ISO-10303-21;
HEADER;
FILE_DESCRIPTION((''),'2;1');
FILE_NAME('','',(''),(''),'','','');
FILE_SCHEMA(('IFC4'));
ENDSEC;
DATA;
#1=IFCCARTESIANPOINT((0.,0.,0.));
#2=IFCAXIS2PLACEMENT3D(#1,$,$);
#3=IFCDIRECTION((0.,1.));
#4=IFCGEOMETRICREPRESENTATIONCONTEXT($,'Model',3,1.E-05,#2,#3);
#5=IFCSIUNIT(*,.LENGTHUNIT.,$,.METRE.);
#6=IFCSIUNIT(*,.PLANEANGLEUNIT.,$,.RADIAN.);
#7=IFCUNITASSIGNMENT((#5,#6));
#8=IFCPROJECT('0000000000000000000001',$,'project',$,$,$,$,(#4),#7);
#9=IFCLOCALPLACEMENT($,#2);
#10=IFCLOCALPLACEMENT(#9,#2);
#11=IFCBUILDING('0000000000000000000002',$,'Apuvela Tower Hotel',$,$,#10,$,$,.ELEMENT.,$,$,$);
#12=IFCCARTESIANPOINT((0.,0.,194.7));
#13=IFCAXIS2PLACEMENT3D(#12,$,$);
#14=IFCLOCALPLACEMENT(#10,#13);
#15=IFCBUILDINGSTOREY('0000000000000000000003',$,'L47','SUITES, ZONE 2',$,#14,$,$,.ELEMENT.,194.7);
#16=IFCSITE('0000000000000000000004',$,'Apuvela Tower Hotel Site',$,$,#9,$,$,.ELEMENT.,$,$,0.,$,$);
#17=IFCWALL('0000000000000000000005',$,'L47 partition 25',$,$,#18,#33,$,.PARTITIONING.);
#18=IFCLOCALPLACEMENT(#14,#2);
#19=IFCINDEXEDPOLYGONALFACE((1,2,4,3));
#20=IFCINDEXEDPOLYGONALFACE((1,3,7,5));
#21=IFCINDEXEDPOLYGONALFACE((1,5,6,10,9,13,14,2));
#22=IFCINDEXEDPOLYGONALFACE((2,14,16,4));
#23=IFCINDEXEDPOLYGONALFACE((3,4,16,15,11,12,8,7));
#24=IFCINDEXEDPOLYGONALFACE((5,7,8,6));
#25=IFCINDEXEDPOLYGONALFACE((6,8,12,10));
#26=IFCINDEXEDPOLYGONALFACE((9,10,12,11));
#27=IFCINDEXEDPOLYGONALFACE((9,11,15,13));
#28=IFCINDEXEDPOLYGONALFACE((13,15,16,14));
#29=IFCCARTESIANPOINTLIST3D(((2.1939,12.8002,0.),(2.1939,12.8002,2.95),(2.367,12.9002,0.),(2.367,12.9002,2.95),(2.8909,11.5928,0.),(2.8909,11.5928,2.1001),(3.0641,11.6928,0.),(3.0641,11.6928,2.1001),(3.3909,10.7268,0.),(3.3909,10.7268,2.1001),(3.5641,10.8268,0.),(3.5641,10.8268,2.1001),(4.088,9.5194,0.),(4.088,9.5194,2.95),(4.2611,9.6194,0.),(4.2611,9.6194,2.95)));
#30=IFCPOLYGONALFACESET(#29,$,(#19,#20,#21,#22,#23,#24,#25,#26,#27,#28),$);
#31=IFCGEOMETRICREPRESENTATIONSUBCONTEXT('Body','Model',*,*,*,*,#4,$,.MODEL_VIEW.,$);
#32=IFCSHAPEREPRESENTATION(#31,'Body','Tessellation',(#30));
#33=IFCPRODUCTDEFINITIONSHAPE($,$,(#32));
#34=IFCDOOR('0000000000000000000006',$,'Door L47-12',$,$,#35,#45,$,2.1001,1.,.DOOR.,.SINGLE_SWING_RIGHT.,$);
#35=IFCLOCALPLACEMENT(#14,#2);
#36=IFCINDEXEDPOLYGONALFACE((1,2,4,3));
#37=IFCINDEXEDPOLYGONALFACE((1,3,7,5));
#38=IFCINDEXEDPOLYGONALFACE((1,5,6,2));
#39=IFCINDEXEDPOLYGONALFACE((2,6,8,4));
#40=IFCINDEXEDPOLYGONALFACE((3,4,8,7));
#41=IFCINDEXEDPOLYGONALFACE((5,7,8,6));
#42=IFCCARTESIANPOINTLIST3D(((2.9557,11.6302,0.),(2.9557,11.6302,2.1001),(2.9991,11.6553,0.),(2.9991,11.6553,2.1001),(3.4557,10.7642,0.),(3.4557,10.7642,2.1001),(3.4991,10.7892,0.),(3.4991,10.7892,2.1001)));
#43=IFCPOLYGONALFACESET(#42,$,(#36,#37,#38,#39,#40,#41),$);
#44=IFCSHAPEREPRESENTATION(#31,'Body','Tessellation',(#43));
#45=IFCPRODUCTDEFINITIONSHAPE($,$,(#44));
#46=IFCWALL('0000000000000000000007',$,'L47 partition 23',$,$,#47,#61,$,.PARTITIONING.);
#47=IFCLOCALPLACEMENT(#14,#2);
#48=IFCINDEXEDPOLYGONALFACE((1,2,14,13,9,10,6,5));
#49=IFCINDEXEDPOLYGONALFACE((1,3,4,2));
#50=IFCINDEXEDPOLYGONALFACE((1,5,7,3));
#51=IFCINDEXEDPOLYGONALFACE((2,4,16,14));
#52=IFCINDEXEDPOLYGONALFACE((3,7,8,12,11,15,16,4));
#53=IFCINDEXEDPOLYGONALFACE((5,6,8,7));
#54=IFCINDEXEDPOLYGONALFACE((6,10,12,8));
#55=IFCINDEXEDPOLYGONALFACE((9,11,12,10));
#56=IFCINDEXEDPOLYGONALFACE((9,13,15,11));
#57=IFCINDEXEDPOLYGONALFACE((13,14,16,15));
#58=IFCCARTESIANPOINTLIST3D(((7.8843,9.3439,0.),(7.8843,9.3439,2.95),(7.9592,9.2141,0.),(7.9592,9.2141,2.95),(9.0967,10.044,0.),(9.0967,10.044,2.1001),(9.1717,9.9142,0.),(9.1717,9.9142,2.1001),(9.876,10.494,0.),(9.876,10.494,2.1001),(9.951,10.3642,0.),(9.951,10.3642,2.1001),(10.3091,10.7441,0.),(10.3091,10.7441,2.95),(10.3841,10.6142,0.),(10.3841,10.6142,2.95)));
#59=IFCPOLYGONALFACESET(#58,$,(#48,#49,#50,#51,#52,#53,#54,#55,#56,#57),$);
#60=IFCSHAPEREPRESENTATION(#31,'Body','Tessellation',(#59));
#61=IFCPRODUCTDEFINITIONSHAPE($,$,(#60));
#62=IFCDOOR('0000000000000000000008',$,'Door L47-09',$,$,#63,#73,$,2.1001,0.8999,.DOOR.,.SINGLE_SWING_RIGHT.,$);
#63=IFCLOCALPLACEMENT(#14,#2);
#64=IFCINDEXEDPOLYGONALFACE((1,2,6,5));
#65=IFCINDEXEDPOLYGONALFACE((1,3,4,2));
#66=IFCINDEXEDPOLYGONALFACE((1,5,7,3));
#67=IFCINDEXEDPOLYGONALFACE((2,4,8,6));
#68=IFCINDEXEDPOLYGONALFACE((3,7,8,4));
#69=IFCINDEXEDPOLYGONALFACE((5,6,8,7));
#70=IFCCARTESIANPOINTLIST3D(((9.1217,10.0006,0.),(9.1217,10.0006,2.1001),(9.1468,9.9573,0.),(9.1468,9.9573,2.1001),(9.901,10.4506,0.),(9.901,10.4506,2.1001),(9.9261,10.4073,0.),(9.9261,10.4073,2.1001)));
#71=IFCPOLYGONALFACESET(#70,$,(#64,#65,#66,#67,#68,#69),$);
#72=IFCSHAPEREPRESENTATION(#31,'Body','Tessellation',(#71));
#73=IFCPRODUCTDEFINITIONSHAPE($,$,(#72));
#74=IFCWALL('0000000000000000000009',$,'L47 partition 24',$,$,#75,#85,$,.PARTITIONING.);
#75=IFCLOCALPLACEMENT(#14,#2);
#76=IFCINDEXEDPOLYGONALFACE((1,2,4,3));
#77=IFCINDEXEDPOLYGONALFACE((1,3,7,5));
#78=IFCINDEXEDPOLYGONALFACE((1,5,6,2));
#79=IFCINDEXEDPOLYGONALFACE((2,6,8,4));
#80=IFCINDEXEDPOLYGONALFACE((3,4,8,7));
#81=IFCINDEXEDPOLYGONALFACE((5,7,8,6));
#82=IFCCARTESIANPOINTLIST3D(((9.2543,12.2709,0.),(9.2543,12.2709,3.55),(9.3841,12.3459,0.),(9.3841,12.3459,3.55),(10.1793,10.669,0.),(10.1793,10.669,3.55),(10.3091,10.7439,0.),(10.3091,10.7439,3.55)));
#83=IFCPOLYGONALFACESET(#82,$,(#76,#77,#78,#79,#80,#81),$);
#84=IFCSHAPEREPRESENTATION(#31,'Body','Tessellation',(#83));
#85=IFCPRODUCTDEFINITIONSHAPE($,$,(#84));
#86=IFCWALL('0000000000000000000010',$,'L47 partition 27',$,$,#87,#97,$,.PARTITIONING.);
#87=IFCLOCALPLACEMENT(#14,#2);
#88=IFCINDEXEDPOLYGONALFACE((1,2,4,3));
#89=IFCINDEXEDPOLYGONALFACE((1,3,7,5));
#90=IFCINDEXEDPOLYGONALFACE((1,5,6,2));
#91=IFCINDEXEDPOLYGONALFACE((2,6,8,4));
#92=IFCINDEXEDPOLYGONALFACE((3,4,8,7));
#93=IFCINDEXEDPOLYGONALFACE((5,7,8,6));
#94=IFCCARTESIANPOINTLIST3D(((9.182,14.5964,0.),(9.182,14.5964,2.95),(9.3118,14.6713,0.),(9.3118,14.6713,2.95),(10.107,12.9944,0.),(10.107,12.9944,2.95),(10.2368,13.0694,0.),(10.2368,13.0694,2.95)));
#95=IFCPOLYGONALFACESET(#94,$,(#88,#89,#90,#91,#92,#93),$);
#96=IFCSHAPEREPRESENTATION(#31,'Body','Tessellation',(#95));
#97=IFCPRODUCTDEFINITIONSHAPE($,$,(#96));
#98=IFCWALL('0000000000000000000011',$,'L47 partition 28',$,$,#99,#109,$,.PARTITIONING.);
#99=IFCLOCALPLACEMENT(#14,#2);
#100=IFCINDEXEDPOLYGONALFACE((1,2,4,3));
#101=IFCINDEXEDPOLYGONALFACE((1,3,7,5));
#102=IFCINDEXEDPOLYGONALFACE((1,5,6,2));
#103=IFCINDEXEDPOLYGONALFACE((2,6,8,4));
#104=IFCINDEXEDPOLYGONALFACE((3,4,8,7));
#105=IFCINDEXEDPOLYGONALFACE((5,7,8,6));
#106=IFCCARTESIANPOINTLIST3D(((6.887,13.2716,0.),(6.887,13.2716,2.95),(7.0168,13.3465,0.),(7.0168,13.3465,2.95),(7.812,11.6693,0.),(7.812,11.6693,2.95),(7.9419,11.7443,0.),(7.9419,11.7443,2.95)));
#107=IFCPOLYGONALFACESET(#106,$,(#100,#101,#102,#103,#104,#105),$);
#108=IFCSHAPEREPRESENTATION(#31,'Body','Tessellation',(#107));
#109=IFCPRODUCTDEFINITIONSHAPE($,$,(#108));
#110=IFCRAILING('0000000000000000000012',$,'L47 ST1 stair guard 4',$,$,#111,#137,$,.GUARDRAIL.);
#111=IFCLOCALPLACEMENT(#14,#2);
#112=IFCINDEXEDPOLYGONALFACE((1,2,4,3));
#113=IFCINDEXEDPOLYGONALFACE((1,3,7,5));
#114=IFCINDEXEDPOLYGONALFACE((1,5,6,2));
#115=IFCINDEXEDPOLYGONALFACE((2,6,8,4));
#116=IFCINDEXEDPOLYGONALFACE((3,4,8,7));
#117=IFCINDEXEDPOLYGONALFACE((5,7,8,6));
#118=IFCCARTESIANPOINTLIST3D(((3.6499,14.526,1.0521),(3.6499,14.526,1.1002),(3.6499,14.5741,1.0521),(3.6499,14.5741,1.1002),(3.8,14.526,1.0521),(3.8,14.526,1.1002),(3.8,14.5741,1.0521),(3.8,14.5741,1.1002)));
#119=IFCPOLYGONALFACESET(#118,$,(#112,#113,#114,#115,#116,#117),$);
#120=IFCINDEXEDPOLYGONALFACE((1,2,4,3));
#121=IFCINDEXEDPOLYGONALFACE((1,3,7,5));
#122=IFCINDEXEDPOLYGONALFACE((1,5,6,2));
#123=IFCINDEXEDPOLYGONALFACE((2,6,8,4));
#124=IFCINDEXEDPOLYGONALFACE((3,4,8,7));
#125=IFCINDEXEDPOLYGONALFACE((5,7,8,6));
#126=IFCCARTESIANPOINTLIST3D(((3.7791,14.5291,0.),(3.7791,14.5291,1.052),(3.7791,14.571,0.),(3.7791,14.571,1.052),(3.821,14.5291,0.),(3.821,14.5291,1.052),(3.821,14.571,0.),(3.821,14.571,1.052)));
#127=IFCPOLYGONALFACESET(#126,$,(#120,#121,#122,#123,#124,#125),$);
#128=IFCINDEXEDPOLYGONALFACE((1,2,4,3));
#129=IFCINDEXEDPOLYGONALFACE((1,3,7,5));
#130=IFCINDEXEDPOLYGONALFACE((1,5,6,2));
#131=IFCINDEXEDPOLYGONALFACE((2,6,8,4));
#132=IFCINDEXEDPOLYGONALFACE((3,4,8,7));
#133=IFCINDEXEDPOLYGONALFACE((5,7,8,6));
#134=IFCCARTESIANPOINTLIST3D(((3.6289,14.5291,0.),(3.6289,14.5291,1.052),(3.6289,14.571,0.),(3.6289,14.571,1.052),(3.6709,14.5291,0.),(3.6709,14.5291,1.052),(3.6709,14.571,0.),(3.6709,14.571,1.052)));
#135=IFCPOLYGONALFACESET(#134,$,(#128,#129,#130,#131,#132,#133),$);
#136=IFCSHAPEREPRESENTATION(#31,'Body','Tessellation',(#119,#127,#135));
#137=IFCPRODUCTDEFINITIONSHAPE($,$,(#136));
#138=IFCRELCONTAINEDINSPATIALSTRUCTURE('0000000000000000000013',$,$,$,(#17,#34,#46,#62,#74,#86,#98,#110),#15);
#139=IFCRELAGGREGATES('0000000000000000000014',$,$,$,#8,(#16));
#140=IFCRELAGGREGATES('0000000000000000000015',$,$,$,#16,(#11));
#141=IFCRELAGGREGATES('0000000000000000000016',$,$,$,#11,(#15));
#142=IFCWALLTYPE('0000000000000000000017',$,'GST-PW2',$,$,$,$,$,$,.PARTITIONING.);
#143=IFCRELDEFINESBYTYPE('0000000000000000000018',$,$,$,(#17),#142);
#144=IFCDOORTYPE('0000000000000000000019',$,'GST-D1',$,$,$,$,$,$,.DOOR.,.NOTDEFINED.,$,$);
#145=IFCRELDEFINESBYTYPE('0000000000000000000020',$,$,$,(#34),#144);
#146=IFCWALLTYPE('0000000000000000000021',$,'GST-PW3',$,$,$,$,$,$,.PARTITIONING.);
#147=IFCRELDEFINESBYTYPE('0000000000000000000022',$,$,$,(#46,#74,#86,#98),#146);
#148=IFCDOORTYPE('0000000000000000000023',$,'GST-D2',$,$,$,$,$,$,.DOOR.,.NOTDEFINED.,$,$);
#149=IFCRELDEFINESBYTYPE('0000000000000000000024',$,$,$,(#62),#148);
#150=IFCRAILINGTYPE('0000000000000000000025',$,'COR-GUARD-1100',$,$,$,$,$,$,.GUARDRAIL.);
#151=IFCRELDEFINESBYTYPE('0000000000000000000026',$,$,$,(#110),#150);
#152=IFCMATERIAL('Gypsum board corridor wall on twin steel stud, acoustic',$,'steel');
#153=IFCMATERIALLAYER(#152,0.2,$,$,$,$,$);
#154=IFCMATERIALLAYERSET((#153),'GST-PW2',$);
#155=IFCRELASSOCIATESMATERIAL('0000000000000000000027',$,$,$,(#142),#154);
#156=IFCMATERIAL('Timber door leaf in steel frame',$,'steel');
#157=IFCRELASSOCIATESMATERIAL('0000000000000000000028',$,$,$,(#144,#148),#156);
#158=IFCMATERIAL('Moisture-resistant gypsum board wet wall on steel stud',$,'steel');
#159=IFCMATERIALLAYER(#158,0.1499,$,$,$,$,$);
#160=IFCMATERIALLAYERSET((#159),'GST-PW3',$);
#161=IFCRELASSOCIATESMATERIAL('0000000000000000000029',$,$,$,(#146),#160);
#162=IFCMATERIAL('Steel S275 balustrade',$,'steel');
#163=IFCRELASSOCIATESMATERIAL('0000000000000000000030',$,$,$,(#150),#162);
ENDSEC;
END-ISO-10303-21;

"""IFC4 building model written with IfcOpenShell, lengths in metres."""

from ifc_helpers import new_model, si_unit, direction, frame, frame_2d, origin, origin_2d, place, context, subcontext, project, spatial, rectangle, extrude, material, layer, layer_set, type_object, element, fill, save


model = new_model("IFC4")

# Units and contexts
model_context = context("Model", 3, precision=1e-05, world=origin(), true_north=direction((0.0, 1.0)))
body_context = subcontext(model_context, "Body", "Model", "MODEL_VIEW")
ifc_project = project(units=[si_unit("LENGTHUNIT", "METRE"), si_unit("PLANEANGLEUNIT", "RADIAN")], contexts=[model_context])

# Site, building, storey
site_placement = place(None, origin())
site = spatial("IfcSite", under=ifc_project, at=site_placement, Name="Apuvela Tower Hotel Site", CompositionType="ELEMENT", RefElevation=0.0)
building_placement = place(site_placement, origin())
building = spatial("IfcBuilding", under=site, at=building_placement, Name="Apuvela Tower Hotel", CompositionType="ELEMENT")
storey_placement = place(building_placement, frame((0.0, 0.0, 194.7)))
storey = spatial("IfcBuildingStorey", under=building, at=storey_placement, Name="L47", Description="SUITES, ZONE 2", CompositionType="ELEMENT", Elevation=194.7)

# Walls, openings, doors
ifc_material_1 = material(Name="Gypsum board corridor wall on twin steel stud, acoustic", Category="steel")
ifc_layer_1 = layer(ifc_material_1, 0.2)
ifc_layer_set_1 = layer_set([ifc_layer_1], Name="GST-PW2")
wall_type_1 = type_object("IfcWallType", Name="GST-PW2", PredefinedType="PARTITIONING", material=ifc_layer_set_1)
ifc_material_2 = material(Name="Timber door leaf in steel frame", Category="steel")
door_type_1 = type_object("IfcDoorType", Name="GST-D1", OperationType="NOTDEFINED", PredefinedType="DOOR", material=ifc_material_2)
wall_1_placement = place(storey_placement, frame((2.2805, 12.8501, 0.0), z_axis=(0.0, 0.0, 1.0), x_axis=(0.499979, -0.866037, 0.0)))
wall_1 = element("IfcWall", 1, at=wall_1_placement, inside=storey, type_object=wall_type_1, Name="L47 partition 25", PredefinedType="PARTITIONING", context=body_context, shape_type="SweptSolid", body=[
    extrude(rectangle(XDim=3.7883, YDim=0.2, at=frame_2d((1.894, 0.0))), origin(), (0.0, 0.0, 1.0), 2.95),
])
opening_1_placement = place(wall_1_placement, frame((1.394, 0.0, 0.0)))
opening_1 = element("IfcOpeningElement", 2, at=opening_1_placement, cuts=wall_1, PredefinedType="OPENING", context=body_context, shape_type="SweptSolid", body=[
    extrude(rectangle(XDim=1.0, YDim=2.1001, at=frame_2d((0.5, 1.05))), frame((0.0, 0.1099, 0.0), z_axis=(0.0, -1.0, 0.0), x_axis=(1.0, 0.0, 0.0)), (0.0, 0.0, 1.0), 0.22),
])
door_1_placement = place(opening_1_placement, origin())
door_1 = element("IfcDoor", 3, at=door_1_placement, inside=storey, type_object=door_type_1, Name="Door L47-12", OperationType="SINGLE_SWING_RIGHT", OverallHeight=2.1001, OverallWidth=1.0, PredefinedType="DOOR", context=body_context, shape_type="SweptSolid", body=[
    extrude(rectangle(XDim=1.0, YDim=2.1001, at=frame_2d((0.5, 1.05))), frame((0.0, 0.0249, 0.0), z_axis=(0.0, -1.0, 0.0), x_axis=(1.0, 0.0, 0.0)), (0.0, 0.0, 1.0), 0.05),
])
fill(opening_1, door_1)
ifc_material_3 = material(Name="Moisture-resistant gypsum board wet wall on steel stud", Category="steel")
ifc_layer_2 = layer(ifc_material_3, 0.1499)
ifc_layer_set_2 = layer_set([ifc_layer_2], Name="GST-PW3")
wall_type_2 = type_object("IfcWallType", Name="GST-PW3", PredefinedType="PARTITIONING", material=ifc_layer_set_2)
wall_2_placement = place(storey_placement, frame((7.9219, 9.2791, 0.0), z_axis=(0.0, 0.0, 1.0), x_axis=(0.865997, 0.50005, 0.0)))
wall_2 = element("IfcWall", 4, at=wall_2_placement, inside=storey, type_object=wall_type_2, Name="L47 partition 23", PredefinedType="PARTITIONING", context=body_context, shape_type="SweptSolid", body=[
    extrude(rectangle(XDim=2.8, YDim=0.1499, at=frame_2d((1.3999, 0.0))), origin(), (0.0, 0.0, 1.0), 2.95),
])
opening_2_placement = place(wall_2_placement, frame((1.3999, 0.0, 0.0)))
opening_2 = element("IfcOpeningElement", 5, at=opening_2_placement, cuts=wall_2, PredefinedType="OPENING", context=body_context, shape_type="SweptSolid", body=[
    extrude(rectangle(XDim=0.8999, YDim=2.1001, at=frame_2d((0.45, 1.05))), frame((0.0, 0.085, 0.0), z_axis=(0.0, -1.0, 0.0), x_axis=(1.0, 0.0, 0.0)), (0.0, 0.0, 1.0), 0.1699),
])
door_type_2 = type_object("IfcDoorType", Name="GST-D2", OperationType="NOTDEFINED", PredefinedType="DOOR", material=ifc_material_2)
door_2_placement = place(opening_2_placement, origin())
door_2 = element("IfcDoor", 6, at=door_2_placement, inside=storey, type_object=door_type_2, Name="Door L47-09", OperationType="SINGLE_SWING_RIGHT", OverallHeight=2.1001, OverallWidth=0.8999, PredefinedType="DOOR", context=body_context, shape_type="SweptSolid", body=[
    extrude(rectangle(XDim=0.8999, YDim=2.1001, at=frame_2d((0.45, 1.05))), frame((0.0, 0.0249, 0.0), z_axis=(0.0, -1.0, 0.0), x_axis=(1.0, 0.0, 0.0)), (0.0, 0.0, 1.0), 0.05),
])
fill(opening_2, door_2)

# Walls
wall_3_placement = place(storey_placement, frame((10.2441, 10.7065, 0.0), z_axis=(0.0, 0.0, 1.0), x_axis=(-0.500042, 0.866001, 0.0)))
element("IfcWall", 7, at=wall_3_placement, inside=storey, type_object=wall_type_2, Name="L47 partition 24", PredefinedType="PARTITIONING", context=body_context, shape_type="SweptSolid", body=[
    extrude(rectangle(XDim=1.8499, YDim=0.1499, at=frame_2d((0.9248, 0.0))), origin(), (0.0, 0.0, 1.0), 3.55),
])
wall_4_placement = place(storey_placement, frame((10.1719, 13.032, 0.0), z_axis=(0.0, 0.0, 1.0), x_axis=(-0.500042, 0.866001, 0.0)))
element("IfcWall", 8, at=wall_4_placement, inside=storey, type_object=wall_type_2, Name="L47 partition 27", PredefinedType="PARTITIONING", context=body_context, shape_type="SweptSolid", body=[
    extrude(rectangle(XDim=1.8499, YDim=0.1499, at=frame_2d((0.9248, 0.0))), origin(), (0.0, 0.0, 1.0), 2.95),
])
wall_5_placement = place(storey_placement, frame((7.877, 11.7068, 0.0), z_axis=(0.0, 0.0, 1.0), x_axis=(-0.499985, 0.866034, 0.0)))
element("IfcWall", 9, at=wall_5_placement, inside=storey, type_object=wall_type_2, Name="L47 partition 28", PredefinedType="PARTITIONING", context=body_context, shape_type="SweptSolid", body=[
    extrude(rectangle(XDim=1.8501, YDim=0.1499, at=frame_2d((0.925, 0.0))), origin(), (0.0, 0.0, 1.0), 2.95),
])

# Railing
ifc_material_4 = material(Name="Steel S275 balustrade", Category="steel")
railing_type = type_object("IfcRailingType", Name="COR-GUARD-1100", PredefinedType="GUARDRAIL", material=ifc_material_4)
railing_placement = place(storey_placement, frame((3.8, 14.55, 0.0)))
element("IfcRailing", 10, at=railing_placement, inside=storey, type_object=railing_type, Name="L47 ST1 stair guard 4", PredefinedType="GUARDRAIL", context=body_context, shape_type="SweptSolid", body=[
    extrude(rectangle(XDim=0.0481, YDim=0.0481, at=origin_2d()), frame((0.0, 0.0, 1.0762), z_axis=(-1.0, 0.0, 0.0), x_axis=(0.0, -1.0, 0.0)), (0.0, 0.0, 1.0), 0.1501),
    extrude(rectangle(XDim=0.042, YDim=0.042, at=origin_2d()), origin(), (0.0, 0.0, 1.0), 1.052),
    extrude(rectangle(XDim=0.042, YDim=0.042, at=origin_2d()), frame((-0.1501, 0.0, 0.0)), (0.0, 0.0, 1.0), 1.052),
])

save(model, "model.ifc")
